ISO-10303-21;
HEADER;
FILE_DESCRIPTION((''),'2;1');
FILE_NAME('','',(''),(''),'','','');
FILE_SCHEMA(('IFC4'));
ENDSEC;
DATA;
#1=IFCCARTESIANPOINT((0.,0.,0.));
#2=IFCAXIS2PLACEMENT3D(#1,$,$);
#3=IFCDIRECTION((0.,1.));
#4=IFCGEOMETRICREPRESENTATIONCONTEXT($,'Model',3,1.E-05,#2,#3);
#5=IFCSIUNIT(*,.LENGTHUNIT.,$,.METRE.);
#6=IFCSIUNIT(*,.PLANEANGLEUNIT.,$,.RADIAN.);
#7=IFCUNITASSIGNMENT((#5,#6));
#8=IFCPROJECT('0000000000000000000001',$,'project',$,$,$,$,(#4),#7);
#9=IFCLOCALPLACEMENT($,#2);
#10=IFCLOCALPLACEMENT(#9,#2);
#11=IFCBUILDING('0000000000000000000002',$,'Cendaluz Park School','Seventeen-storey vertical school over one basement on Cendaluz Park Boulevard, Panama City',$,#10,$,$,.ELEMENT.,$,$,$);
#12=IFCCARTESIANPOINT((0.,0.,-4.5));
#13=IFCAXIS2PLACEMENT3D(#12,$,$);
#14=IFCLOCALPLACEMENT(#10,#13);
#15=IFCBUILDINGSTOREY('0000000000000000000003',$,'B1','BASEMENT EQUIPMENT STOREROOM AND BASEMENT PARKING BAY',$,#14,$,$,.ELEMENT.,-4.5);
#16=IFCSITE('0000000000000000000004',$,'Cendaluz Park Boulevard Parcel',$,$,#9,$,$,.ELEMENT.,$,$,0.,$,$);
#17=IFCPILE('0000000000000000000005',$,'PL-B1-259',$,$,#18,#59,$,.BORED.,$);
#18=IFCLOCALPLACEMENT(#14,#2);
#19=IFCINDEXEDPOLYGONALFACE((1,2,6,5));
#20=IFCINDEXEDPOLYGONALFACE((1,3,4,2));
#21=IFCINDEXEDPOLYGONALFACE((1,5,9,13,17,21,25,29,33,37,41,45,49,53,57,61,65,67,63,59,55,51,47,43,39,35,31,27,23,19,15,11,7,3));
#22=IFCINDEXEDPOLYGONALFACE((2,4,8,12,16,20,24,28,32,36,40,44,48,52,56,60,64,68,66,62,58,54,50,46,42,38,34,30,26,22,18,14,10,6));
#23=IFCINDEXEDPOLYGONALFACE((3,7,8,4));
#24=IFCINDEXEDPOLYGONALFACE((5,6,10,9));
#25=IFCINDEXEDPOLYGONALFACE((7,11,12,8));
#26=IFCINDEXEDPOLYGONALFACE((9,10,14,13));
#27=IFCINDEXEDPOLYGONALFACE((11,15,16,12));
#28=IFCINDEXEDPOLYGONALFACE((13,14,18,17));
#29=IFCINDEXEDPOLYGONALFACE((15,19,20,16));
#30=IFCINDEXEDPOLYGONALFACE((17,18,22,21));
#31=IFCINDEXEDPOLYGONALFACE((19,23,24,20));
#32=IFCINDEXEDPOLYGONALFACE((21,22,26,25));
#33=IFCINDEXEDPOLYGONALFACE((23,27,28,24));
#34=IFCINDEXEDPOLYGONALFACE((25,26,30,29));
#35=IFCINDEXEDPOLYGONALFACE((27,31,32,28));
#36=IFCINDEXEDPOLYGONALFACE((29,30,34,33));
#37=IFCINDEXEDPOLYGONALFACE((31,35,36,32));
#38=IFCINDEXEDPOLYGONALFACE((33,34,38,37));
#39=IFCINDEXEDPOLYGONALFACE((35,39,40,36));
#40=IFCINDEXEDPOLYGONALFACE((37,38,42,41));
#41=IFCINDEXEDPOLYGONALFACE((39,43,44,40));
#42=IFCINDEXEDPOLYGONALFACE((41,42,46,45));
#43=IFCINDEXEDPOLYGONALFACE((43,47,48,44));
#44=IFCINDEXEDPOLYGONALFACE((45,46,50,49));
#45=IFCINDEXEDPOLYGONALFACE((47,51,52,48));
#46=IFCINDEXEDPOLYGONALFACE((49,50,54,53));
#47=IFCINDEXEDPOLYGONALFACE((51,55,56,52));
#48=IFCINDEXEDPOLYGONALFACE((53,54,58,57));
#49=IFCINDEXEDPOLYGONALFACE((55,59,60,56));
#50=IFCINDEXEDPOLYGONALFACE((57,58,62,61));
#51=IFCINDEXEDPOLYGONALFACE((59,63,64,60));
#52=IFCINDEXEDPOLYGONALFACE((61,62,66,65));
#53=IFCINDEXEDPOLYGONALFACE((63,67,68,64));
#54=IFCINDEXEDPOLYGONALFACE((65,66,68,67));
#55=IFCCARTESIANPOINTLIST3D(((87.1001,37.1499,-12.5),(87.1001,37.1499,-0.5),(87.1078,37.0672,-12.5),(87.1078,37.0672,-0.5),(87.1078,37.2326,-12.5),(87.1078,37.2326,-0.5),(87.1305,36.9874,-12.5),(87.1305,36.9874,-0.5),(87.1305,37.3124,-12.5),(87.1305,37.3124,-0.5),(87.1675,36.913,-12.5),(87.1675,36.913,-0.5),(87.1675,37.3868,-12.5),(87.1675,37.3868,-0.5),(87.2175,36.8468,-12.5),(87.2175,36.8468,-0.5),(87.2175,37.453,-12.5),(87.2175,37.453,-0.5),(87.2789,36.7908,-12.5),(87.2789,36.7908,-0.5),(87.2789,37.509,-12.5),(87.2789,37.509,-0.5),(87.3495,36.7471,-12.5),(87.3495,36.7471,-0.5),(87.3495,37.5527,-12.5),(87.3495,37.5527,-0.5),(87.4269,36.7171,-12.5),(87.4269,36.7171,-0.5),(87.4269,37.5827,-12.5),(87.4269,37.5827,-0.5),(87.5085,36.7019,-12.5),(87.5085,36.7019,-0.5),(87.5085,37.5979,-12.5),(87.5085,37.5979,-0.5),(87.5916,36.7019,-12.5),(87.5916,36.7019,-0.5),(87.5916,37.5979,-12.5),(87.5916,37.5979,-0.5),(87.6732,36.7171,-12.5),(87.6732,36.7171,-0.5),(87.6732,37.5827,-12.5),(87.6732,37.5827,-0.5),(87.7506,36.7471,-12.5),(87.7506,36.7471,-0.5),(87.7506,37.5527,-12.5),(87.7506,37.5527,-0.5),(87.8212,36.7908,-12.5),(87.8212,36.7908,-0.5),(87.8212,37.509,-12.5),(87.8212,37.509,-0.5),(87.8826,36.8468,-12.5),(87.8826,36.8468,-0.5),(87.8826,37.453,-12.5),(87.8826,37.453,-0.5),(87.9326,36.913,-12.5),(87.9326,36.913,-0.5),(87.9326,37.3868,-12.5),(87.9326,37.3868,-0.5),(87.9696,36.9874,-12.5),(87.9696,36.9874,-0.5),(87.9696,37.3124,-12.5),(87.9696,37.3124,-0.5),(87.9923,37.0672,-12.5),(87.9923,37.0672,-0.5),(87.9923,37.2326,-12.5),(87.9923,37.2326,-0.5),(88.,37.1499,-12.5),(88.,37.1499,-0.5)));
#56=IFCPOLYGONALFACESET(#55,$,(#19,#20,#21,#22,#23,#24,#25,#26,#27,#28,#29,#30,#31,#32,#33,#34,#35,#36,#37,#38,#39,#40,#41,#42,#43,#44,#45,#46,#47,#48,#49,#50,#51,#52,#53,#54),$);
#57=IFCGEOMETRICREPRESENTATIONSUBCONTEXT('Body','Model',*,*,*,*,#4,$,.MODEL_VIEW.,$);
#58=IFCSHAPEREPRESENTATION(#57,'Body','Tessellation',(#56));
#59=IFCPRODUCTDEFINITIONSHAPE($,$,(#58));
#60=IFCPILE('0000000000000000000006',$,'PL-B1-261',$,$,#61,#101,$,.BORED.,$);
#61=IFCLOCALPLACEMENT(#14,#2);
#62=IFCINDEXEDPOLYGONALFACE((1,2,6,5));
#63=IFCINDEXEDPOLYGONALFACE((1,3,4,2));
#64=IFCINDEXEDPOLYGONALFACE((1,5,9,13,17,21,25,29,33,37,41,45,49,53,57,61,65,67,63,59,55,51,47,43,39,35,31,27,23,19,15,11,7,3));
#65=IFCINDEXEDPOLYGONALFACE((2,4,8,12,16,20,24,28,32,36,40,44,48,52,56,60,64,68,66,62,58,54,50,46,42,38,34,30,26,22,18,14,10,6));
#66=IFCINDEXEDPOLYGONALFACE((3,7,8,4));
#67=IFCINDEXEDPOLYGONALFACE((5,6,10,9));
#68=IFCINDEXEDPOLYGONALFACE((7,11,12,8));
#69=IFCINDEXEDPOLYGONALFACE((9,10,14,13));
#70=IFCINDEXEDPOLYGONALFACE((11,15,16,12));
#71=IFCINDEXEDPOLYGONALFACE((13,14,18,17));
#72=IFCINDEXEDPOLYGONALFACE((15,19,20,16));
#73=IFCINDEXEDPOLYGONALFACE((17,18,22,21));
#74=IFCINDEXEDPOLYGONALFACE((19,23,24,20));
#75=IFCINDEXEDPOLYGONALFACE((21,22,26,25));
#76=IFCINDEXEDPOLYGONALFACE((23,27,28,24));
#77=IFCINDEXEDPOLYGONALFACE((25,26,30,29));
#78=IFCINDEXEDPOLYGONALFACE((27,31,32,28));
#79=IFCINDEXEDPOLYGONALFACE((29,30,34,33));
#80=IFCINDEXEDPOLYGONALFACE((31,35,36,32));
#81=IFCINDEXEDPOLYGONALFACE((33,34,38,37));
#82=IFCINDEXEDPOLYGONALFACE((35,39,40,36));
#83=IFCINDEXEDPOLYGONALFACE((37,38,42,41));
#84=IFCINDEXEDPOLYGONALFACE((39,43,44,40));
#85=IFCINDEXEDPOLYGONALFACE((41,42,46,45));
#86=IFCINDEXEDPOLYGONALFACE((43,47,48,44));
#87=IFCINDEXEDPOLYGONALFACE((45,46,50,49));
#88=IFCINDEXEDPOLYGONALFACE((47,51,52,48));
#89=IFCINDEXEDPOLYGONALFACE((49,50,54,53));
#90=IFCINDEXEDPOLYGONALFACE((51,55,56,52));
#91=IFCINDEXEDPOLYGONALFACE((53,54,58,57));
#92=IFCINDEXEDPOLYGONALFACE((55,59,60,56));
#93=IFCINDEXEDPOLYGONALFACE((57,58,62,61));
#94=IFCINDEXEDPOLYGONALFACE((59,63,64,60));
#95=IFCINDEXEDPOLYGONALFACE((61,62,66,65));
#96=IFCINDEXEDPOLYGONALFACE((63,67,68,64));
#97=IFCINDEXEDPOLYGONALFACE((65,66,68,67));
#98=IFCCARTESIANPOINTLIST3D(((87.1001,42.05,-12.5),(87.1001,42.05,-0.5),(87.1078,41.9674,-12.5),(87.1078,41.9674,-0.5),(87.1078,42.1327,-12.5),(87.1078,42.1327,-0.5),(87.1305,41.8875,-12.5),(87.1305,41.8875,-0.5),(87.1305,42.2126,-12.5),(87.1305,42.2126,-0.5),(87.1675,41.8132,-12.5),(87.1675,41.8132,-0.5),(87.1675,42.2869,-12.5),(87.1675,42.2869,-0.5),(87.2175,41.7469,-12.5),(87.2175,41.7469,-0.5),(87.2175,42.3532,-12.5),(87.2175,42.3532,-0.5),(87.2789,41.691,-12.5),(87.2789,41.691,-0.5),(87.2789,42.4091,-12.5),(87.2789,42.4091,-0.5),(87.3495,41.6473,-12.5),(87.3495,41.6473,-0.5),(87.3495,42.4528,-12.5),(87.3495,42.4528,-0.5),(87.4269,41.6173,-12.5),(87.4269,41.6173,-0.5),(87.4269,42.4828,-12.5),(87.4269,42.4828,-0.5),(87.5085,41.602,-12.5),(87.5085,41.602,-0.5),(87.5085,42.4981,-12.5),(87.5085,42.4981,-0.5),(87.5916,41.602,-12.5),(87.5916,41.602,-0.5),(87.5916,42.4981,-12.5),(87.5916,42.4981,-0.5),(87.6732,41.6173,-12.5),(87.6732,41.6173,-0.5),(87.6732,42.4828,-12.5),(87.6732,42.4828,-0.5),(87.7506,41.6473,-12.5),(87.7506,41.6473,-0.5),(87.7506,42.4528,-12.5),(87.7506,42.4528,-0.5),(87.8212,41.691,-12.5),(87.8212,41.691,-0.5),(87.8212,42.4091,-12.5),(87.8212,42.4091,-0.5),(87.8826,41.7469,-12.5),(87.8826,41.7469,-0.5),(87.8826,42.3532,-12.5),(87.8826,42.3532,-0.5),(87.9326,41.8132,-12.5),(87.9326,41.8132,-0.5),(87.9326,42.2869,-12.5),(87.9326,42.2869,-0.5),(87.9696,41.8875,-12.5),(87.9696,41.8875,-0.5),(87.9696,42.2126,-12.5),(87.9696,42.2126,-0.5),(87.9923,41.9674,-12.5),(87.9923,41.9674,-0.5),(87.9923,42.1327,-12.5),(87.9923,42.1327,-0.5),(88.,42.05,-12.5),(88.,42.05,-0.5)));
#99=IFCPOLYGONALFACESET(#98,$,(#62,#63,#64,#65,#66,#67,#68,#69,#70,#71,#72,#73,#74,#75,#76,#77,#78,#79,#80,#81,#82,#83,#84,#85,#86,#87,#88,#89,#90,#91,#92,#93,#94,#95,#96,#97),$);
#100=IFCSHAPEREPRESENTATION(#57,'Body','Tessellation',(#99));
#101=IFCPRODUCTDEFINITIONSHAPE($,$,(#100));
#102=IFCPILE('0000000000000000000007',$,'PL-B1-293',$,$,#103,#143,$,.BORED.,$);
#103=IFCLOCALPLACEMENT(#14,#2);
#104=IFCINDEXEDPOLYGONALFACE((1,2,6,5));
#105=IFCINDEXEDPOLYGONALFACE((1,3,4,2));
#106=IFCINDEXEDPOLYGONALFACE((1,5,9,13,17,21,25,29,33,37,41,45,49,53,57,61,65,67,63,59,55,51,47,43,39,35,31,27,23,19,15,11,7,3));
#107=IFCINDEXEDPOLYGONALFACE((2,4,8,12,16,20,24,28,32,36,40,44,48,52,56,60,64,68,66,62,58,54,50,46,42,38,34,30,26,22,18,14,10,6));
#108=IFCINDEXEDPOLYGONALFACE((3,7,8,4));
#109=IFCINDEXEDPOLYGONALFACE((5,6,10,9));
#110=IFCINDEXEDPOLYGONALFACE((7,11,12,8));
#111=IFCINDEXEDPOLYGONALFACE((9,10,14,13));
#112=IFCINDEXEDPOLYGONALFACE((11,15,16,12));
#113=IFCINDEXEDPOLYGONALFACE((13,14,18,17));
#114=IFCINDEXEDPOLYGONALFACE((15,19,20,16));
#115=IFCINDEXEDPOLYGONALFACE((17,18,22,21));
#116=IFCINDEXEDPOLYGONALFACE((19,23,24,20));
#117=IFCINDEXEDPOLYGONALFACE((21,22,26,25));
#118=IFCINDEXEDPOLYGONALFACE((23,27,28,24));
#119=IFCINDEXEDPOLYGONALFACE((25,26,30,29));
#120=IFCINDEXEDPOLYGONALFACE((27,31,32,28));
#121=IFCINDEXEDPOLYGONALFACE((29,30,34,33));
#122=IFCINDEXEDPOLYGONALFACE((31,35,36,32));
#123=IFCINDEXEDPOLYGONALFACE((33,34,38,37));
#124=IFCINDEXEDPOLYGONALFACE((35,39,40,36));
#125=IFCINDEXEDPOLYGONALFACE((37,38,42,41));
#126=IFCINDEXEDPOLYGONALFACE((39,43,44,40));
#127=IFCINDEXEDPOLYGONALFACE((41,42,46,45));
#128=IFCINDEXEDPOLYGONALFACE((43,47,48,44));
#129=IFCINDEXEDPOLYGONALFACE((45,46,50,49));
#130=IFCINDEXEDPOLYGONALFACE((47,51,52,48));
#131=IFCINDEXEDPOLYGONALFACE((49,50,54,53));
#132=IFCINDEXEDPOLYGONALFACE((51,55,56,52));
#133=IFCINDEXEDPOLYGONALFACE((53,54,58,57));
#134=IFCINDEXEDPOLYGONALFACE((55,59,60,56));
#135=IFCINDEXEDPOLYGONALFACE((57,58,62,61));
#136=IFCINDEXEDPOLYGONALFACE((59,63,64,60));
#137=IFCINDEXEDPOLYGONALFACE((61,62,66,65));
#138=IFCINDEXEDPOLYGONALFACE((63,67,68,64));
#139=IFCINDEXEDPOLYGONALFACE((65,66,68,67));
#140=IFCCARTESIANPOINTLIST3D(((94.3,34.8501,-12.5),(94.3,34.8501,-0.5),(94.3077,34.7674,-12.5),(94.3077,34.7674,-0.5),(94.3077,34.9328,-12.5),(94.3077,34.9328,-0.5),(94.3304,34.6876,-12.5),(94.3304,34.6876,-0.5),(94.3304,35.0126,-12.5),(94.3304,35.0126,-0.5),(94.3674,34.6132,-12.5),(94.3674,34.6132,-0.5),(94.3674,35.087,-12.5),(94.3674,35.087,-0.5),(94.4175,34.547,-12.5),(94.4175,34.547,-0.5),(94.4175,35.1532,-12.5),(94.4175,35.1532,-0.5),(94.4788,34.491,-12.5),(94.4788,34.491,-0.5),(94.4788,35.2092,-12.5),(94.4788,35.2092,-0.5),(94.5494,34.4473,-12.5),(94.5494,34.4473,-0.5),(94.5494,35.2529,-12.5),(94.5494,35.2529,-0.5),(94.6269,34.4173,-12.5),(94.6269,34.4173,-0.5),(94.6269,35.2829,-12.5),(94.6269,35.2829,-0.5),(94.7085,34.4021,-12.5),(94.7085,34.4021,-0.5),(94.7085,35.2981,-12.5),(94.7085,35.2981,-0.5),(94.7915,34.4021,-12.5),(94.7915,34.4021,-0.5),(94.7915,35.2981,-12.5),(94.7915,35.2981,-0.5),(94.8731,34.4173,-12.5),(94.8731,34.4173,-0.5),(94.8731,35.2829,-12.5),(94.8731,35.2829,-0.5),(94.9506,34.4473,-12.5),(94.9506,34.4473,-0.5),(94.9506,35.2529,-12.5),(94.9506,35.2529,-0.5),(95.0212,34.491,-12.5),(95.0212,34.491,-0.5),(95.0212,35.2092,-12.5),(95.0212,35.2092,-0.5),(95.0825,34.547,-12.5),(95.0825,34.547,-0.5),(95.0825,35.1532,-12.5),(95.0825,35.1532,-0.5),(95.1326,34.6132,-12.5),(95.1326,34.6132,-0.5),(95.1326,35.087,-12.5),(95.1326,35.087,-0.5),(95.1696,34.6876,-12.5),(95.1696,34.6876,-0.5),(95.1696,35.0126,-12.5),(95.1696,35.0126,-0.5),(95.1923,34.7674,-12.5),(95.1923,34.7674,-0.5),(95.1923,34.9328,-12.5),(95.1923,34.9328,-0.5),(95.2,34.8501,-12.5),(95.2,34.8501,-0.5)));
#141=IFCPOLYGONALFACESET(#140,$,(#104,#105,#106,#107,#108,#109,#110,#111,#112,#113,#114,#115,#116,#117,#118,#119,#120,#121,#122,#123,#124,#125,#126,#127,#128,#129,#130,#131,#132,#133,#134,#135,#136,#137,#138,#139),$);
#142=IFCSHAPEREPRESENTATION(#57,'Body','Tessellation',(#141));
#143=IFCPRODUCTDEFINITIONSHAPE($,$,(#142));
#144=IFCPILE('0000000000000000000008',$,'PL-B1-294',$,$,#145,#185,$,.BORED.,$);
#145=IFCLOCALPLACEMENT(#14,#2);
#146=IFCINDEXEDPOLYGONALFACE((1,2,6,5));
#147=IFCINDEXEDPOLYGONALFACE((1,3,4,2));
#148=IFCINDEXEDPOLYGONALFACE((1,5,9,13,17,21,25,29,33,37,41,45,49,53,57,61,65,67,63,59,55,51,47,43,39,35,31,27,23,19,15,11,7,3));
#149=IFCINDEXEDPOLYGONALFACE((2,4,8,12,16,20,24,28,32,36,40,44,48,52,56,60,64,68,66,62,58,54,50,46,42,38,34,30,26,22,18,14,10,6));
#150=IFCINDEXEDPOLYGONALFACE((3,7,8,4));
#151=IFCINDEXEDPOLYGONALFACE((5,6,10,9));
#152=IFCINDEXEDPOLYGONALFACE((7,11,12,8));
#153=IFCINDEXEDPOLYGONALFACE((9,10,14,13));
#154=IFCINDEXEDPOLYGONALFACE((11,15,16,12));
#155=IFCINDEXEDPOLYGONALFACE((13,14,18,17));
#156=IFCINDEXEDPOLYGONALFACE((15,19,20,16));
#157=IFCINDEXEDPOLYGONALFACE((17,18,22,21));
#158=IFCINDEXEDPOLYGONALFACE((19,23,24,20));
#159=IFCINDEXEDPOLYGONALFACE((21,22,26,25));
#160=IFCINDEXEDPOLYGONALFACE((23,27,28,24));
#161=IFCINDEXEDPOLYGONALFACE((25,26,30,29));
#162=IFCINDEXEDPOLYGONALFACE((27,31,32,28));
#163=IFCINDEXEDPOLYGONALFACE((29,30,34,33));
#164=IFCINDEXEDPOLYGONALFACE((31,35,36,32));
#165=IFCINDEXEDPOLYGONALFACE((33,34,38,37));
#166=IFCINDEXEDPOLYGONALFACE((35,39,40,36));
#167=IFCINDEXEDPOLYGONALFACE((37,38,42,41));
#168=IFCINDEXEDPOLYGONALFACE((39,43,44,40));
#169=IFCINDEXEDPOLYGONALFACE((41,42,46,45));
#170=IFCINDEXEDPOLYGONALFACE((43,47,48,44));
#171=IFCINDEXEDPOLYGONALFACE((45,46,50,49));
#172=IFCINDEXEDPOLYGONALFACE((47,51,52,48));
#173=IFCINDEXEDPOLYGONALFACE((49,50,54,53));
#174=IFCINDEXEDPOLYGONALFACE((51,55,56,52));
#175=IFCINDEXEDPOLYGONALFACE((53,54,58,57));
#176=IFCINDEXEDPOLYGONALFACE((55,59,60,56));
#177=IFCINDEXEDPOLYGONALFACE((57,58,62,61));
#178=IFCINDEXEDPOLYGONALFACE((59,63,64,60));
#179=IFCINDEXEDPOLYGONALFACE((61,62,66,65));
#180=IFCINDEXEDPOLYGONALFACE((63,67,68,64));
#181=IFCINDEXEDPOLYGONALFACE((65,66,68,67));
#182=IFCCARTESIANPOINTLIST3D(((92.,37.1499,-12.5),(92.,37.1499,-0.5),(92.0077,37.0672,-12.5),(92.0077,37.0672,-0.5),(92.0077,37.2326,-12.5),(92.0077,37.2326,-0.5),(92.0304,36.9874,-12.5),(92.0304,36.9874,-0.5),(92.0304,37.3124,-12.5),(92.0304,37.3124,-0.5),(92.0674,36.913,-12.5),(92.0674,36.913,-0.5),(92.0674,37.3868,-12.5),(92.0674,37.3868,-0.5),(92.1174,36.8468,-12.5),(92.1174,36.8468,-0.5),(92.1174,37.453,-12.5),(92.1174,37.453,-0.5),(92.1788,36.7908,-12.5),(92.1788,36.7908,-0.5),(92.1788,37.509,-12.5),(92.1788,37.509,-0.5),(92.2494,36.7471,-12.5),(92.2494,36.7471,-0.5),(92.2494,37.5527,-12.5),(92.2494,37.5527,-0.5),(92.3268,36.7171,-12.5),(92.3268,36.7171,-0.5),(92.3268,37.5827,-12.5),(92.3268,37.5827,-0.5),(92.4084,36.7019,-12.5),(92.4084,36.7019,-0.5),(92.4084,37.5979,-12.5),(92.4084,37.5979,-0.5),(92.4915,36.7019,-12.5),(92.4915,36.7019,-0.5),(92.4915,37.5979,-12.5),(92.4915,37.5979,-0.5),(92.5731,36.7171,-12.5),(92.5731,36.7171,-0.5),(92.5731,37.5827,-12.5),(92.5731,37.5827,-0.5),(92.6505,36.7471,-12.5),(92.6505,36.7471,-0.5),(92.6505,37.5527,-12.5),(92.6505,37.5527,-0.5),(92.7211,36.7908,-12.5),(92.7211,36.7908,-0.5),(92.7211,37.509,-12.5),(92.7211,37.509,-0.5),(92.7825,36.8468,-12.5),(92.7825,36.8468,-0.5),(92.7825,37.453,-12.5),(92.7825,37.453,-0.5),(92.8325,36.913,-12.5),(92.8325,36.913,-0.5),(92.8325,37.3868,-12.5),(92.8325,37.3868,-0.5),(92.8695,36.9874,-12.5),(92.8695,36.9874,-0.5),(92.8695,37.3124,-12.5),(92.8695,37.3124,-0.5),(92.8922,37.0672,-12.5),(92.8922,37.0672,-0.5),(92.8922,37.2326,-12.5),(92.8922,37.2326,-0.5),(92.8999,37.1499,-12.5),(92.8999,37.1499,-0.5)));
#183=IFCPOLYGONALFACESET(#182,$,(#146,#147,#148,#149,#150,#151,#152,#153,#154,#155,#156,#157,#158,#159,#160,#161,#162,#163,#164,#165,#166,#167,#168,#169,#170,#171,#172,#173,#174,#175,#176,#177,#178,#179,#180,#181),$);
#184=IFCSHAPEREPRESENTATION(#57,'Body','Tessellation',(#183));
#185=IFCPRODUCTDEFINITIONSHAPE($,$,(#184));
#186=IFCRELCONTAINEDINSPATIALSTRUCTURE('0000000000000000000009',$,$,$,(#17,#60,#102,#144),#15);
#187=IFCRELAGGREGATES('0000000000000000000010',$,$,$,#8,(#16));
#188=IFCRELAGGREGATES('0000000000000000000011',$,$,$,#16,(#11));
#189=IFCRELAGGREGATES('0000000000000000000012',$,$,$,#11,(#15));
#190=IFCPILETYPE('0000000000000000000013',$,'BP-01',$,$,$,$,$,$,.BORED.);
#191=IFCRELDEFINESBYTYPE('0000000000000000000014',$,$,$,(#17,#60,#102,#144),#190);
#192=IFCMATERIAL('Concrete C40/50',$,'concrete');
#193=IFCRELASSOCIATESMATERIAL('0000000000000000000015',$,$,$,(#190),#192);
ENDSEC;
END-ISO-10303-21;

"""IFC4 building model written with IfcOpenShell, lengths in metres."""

from ifc_helpers import new_model, si_unit, direction, frame, origin, origin_2d, place, context, subcontext, project, spatial, circle, extrude, material, material_profile, profile_set, type_object, element, save


model = new_model("IFC4")

# Units and contexts
model_context = context("Model", 3, precision=1e-05, world=origin(), true_north=direction((0.0, 1.0)))
body_context = subcontext(model_context, "Body", "Model", "MODEL_VIEW")
ifc_project = project(units=[si_unit("LENGTHUNIT", "METRE"), si_unit("PLANEANGLEUNIT", "RADIAN")], contexts=[model_context])

# Site, building, storey
site_placement = place(None, origin())
site = spatial("IfcSite", under=ifc_project, at=site_placement, Name="Cendaluz Park Boulevard Parcel", CompositionType="ELEMENT", RefElevation=0.0)
building_placement = place(site_placement, origin())
building = spatial("IfcBuilding", under=site, at=building_placement, Name="Cendaluz Park School", Description="Seventeen-storey vertical school over one basement on Cendaluz Park Boulevard, Panama City", CompositionType="ELEMENT")
storey_placement = place(building_placement, frame((0.0, 0.0, -4.5)))
storey = spatial("IfcBuildingStorey", under=building, at=storey_placement, Name="B1", Description="BASEMENT EQUIPMENT STOREROOM AND BASEMENT PARKING BAY", CompositionType="ELEMENT", Elevation=-4.5)

# Piles
ifc_material_1 = material(Name="Concrete C40/50", Category="concrete")
ifc_material_profile_1 = material_profile(ifc_material_1, circle(Radius=0.45, at=origin_2d()), Name="BP D900", Category="concrete")
ifc_profile_set_1 = profile_set([ifc_material_profile_1], Name="Concrete C40/50")
pile_type = type_object("IfcPileType", Name="BP-01", PredefinedType="BORED", material=ifc_profile_set_1)
for number, where, z_axis, x_axis, name in (
    (1, (87.55, 37.1499, -0.5), (0.0, 0.0, -1.0), (1.0, 0.0, 0.0), "PL-B1-259"),
    (2, (87.55, 42.05, -0.5), (0.0, 0.0, -1.0), (1.0, 0.0, 0.0), "PL-B1-261"),
    (3, (94.75, 34.8501, -0.5), (0.0, 0.0, -1.0), (1.0, 0.0, 0.0), "PL-B1-293"),
    (4, (92.45, 37.1499, -0.5), (0.0, 0.0, -1.0), (1.0, 0.0, 0.0), "PL-B1-294"),
):
    element("IfcPile", number, at=place(storey_placement, frame(where, z_axis=z_axis, x_axis=x_axis)), inside=storey, type_object=pile_type, Name=name, PredefinedType="BORED", context=body_context, shape_type="SweptSolid", body=[
        extrude(circle(Radius=0.45, at=origin_2d()), origin(), (0.0, 0.0, 1.0), 12.0),
    ])

save(model, "model.ifc")
